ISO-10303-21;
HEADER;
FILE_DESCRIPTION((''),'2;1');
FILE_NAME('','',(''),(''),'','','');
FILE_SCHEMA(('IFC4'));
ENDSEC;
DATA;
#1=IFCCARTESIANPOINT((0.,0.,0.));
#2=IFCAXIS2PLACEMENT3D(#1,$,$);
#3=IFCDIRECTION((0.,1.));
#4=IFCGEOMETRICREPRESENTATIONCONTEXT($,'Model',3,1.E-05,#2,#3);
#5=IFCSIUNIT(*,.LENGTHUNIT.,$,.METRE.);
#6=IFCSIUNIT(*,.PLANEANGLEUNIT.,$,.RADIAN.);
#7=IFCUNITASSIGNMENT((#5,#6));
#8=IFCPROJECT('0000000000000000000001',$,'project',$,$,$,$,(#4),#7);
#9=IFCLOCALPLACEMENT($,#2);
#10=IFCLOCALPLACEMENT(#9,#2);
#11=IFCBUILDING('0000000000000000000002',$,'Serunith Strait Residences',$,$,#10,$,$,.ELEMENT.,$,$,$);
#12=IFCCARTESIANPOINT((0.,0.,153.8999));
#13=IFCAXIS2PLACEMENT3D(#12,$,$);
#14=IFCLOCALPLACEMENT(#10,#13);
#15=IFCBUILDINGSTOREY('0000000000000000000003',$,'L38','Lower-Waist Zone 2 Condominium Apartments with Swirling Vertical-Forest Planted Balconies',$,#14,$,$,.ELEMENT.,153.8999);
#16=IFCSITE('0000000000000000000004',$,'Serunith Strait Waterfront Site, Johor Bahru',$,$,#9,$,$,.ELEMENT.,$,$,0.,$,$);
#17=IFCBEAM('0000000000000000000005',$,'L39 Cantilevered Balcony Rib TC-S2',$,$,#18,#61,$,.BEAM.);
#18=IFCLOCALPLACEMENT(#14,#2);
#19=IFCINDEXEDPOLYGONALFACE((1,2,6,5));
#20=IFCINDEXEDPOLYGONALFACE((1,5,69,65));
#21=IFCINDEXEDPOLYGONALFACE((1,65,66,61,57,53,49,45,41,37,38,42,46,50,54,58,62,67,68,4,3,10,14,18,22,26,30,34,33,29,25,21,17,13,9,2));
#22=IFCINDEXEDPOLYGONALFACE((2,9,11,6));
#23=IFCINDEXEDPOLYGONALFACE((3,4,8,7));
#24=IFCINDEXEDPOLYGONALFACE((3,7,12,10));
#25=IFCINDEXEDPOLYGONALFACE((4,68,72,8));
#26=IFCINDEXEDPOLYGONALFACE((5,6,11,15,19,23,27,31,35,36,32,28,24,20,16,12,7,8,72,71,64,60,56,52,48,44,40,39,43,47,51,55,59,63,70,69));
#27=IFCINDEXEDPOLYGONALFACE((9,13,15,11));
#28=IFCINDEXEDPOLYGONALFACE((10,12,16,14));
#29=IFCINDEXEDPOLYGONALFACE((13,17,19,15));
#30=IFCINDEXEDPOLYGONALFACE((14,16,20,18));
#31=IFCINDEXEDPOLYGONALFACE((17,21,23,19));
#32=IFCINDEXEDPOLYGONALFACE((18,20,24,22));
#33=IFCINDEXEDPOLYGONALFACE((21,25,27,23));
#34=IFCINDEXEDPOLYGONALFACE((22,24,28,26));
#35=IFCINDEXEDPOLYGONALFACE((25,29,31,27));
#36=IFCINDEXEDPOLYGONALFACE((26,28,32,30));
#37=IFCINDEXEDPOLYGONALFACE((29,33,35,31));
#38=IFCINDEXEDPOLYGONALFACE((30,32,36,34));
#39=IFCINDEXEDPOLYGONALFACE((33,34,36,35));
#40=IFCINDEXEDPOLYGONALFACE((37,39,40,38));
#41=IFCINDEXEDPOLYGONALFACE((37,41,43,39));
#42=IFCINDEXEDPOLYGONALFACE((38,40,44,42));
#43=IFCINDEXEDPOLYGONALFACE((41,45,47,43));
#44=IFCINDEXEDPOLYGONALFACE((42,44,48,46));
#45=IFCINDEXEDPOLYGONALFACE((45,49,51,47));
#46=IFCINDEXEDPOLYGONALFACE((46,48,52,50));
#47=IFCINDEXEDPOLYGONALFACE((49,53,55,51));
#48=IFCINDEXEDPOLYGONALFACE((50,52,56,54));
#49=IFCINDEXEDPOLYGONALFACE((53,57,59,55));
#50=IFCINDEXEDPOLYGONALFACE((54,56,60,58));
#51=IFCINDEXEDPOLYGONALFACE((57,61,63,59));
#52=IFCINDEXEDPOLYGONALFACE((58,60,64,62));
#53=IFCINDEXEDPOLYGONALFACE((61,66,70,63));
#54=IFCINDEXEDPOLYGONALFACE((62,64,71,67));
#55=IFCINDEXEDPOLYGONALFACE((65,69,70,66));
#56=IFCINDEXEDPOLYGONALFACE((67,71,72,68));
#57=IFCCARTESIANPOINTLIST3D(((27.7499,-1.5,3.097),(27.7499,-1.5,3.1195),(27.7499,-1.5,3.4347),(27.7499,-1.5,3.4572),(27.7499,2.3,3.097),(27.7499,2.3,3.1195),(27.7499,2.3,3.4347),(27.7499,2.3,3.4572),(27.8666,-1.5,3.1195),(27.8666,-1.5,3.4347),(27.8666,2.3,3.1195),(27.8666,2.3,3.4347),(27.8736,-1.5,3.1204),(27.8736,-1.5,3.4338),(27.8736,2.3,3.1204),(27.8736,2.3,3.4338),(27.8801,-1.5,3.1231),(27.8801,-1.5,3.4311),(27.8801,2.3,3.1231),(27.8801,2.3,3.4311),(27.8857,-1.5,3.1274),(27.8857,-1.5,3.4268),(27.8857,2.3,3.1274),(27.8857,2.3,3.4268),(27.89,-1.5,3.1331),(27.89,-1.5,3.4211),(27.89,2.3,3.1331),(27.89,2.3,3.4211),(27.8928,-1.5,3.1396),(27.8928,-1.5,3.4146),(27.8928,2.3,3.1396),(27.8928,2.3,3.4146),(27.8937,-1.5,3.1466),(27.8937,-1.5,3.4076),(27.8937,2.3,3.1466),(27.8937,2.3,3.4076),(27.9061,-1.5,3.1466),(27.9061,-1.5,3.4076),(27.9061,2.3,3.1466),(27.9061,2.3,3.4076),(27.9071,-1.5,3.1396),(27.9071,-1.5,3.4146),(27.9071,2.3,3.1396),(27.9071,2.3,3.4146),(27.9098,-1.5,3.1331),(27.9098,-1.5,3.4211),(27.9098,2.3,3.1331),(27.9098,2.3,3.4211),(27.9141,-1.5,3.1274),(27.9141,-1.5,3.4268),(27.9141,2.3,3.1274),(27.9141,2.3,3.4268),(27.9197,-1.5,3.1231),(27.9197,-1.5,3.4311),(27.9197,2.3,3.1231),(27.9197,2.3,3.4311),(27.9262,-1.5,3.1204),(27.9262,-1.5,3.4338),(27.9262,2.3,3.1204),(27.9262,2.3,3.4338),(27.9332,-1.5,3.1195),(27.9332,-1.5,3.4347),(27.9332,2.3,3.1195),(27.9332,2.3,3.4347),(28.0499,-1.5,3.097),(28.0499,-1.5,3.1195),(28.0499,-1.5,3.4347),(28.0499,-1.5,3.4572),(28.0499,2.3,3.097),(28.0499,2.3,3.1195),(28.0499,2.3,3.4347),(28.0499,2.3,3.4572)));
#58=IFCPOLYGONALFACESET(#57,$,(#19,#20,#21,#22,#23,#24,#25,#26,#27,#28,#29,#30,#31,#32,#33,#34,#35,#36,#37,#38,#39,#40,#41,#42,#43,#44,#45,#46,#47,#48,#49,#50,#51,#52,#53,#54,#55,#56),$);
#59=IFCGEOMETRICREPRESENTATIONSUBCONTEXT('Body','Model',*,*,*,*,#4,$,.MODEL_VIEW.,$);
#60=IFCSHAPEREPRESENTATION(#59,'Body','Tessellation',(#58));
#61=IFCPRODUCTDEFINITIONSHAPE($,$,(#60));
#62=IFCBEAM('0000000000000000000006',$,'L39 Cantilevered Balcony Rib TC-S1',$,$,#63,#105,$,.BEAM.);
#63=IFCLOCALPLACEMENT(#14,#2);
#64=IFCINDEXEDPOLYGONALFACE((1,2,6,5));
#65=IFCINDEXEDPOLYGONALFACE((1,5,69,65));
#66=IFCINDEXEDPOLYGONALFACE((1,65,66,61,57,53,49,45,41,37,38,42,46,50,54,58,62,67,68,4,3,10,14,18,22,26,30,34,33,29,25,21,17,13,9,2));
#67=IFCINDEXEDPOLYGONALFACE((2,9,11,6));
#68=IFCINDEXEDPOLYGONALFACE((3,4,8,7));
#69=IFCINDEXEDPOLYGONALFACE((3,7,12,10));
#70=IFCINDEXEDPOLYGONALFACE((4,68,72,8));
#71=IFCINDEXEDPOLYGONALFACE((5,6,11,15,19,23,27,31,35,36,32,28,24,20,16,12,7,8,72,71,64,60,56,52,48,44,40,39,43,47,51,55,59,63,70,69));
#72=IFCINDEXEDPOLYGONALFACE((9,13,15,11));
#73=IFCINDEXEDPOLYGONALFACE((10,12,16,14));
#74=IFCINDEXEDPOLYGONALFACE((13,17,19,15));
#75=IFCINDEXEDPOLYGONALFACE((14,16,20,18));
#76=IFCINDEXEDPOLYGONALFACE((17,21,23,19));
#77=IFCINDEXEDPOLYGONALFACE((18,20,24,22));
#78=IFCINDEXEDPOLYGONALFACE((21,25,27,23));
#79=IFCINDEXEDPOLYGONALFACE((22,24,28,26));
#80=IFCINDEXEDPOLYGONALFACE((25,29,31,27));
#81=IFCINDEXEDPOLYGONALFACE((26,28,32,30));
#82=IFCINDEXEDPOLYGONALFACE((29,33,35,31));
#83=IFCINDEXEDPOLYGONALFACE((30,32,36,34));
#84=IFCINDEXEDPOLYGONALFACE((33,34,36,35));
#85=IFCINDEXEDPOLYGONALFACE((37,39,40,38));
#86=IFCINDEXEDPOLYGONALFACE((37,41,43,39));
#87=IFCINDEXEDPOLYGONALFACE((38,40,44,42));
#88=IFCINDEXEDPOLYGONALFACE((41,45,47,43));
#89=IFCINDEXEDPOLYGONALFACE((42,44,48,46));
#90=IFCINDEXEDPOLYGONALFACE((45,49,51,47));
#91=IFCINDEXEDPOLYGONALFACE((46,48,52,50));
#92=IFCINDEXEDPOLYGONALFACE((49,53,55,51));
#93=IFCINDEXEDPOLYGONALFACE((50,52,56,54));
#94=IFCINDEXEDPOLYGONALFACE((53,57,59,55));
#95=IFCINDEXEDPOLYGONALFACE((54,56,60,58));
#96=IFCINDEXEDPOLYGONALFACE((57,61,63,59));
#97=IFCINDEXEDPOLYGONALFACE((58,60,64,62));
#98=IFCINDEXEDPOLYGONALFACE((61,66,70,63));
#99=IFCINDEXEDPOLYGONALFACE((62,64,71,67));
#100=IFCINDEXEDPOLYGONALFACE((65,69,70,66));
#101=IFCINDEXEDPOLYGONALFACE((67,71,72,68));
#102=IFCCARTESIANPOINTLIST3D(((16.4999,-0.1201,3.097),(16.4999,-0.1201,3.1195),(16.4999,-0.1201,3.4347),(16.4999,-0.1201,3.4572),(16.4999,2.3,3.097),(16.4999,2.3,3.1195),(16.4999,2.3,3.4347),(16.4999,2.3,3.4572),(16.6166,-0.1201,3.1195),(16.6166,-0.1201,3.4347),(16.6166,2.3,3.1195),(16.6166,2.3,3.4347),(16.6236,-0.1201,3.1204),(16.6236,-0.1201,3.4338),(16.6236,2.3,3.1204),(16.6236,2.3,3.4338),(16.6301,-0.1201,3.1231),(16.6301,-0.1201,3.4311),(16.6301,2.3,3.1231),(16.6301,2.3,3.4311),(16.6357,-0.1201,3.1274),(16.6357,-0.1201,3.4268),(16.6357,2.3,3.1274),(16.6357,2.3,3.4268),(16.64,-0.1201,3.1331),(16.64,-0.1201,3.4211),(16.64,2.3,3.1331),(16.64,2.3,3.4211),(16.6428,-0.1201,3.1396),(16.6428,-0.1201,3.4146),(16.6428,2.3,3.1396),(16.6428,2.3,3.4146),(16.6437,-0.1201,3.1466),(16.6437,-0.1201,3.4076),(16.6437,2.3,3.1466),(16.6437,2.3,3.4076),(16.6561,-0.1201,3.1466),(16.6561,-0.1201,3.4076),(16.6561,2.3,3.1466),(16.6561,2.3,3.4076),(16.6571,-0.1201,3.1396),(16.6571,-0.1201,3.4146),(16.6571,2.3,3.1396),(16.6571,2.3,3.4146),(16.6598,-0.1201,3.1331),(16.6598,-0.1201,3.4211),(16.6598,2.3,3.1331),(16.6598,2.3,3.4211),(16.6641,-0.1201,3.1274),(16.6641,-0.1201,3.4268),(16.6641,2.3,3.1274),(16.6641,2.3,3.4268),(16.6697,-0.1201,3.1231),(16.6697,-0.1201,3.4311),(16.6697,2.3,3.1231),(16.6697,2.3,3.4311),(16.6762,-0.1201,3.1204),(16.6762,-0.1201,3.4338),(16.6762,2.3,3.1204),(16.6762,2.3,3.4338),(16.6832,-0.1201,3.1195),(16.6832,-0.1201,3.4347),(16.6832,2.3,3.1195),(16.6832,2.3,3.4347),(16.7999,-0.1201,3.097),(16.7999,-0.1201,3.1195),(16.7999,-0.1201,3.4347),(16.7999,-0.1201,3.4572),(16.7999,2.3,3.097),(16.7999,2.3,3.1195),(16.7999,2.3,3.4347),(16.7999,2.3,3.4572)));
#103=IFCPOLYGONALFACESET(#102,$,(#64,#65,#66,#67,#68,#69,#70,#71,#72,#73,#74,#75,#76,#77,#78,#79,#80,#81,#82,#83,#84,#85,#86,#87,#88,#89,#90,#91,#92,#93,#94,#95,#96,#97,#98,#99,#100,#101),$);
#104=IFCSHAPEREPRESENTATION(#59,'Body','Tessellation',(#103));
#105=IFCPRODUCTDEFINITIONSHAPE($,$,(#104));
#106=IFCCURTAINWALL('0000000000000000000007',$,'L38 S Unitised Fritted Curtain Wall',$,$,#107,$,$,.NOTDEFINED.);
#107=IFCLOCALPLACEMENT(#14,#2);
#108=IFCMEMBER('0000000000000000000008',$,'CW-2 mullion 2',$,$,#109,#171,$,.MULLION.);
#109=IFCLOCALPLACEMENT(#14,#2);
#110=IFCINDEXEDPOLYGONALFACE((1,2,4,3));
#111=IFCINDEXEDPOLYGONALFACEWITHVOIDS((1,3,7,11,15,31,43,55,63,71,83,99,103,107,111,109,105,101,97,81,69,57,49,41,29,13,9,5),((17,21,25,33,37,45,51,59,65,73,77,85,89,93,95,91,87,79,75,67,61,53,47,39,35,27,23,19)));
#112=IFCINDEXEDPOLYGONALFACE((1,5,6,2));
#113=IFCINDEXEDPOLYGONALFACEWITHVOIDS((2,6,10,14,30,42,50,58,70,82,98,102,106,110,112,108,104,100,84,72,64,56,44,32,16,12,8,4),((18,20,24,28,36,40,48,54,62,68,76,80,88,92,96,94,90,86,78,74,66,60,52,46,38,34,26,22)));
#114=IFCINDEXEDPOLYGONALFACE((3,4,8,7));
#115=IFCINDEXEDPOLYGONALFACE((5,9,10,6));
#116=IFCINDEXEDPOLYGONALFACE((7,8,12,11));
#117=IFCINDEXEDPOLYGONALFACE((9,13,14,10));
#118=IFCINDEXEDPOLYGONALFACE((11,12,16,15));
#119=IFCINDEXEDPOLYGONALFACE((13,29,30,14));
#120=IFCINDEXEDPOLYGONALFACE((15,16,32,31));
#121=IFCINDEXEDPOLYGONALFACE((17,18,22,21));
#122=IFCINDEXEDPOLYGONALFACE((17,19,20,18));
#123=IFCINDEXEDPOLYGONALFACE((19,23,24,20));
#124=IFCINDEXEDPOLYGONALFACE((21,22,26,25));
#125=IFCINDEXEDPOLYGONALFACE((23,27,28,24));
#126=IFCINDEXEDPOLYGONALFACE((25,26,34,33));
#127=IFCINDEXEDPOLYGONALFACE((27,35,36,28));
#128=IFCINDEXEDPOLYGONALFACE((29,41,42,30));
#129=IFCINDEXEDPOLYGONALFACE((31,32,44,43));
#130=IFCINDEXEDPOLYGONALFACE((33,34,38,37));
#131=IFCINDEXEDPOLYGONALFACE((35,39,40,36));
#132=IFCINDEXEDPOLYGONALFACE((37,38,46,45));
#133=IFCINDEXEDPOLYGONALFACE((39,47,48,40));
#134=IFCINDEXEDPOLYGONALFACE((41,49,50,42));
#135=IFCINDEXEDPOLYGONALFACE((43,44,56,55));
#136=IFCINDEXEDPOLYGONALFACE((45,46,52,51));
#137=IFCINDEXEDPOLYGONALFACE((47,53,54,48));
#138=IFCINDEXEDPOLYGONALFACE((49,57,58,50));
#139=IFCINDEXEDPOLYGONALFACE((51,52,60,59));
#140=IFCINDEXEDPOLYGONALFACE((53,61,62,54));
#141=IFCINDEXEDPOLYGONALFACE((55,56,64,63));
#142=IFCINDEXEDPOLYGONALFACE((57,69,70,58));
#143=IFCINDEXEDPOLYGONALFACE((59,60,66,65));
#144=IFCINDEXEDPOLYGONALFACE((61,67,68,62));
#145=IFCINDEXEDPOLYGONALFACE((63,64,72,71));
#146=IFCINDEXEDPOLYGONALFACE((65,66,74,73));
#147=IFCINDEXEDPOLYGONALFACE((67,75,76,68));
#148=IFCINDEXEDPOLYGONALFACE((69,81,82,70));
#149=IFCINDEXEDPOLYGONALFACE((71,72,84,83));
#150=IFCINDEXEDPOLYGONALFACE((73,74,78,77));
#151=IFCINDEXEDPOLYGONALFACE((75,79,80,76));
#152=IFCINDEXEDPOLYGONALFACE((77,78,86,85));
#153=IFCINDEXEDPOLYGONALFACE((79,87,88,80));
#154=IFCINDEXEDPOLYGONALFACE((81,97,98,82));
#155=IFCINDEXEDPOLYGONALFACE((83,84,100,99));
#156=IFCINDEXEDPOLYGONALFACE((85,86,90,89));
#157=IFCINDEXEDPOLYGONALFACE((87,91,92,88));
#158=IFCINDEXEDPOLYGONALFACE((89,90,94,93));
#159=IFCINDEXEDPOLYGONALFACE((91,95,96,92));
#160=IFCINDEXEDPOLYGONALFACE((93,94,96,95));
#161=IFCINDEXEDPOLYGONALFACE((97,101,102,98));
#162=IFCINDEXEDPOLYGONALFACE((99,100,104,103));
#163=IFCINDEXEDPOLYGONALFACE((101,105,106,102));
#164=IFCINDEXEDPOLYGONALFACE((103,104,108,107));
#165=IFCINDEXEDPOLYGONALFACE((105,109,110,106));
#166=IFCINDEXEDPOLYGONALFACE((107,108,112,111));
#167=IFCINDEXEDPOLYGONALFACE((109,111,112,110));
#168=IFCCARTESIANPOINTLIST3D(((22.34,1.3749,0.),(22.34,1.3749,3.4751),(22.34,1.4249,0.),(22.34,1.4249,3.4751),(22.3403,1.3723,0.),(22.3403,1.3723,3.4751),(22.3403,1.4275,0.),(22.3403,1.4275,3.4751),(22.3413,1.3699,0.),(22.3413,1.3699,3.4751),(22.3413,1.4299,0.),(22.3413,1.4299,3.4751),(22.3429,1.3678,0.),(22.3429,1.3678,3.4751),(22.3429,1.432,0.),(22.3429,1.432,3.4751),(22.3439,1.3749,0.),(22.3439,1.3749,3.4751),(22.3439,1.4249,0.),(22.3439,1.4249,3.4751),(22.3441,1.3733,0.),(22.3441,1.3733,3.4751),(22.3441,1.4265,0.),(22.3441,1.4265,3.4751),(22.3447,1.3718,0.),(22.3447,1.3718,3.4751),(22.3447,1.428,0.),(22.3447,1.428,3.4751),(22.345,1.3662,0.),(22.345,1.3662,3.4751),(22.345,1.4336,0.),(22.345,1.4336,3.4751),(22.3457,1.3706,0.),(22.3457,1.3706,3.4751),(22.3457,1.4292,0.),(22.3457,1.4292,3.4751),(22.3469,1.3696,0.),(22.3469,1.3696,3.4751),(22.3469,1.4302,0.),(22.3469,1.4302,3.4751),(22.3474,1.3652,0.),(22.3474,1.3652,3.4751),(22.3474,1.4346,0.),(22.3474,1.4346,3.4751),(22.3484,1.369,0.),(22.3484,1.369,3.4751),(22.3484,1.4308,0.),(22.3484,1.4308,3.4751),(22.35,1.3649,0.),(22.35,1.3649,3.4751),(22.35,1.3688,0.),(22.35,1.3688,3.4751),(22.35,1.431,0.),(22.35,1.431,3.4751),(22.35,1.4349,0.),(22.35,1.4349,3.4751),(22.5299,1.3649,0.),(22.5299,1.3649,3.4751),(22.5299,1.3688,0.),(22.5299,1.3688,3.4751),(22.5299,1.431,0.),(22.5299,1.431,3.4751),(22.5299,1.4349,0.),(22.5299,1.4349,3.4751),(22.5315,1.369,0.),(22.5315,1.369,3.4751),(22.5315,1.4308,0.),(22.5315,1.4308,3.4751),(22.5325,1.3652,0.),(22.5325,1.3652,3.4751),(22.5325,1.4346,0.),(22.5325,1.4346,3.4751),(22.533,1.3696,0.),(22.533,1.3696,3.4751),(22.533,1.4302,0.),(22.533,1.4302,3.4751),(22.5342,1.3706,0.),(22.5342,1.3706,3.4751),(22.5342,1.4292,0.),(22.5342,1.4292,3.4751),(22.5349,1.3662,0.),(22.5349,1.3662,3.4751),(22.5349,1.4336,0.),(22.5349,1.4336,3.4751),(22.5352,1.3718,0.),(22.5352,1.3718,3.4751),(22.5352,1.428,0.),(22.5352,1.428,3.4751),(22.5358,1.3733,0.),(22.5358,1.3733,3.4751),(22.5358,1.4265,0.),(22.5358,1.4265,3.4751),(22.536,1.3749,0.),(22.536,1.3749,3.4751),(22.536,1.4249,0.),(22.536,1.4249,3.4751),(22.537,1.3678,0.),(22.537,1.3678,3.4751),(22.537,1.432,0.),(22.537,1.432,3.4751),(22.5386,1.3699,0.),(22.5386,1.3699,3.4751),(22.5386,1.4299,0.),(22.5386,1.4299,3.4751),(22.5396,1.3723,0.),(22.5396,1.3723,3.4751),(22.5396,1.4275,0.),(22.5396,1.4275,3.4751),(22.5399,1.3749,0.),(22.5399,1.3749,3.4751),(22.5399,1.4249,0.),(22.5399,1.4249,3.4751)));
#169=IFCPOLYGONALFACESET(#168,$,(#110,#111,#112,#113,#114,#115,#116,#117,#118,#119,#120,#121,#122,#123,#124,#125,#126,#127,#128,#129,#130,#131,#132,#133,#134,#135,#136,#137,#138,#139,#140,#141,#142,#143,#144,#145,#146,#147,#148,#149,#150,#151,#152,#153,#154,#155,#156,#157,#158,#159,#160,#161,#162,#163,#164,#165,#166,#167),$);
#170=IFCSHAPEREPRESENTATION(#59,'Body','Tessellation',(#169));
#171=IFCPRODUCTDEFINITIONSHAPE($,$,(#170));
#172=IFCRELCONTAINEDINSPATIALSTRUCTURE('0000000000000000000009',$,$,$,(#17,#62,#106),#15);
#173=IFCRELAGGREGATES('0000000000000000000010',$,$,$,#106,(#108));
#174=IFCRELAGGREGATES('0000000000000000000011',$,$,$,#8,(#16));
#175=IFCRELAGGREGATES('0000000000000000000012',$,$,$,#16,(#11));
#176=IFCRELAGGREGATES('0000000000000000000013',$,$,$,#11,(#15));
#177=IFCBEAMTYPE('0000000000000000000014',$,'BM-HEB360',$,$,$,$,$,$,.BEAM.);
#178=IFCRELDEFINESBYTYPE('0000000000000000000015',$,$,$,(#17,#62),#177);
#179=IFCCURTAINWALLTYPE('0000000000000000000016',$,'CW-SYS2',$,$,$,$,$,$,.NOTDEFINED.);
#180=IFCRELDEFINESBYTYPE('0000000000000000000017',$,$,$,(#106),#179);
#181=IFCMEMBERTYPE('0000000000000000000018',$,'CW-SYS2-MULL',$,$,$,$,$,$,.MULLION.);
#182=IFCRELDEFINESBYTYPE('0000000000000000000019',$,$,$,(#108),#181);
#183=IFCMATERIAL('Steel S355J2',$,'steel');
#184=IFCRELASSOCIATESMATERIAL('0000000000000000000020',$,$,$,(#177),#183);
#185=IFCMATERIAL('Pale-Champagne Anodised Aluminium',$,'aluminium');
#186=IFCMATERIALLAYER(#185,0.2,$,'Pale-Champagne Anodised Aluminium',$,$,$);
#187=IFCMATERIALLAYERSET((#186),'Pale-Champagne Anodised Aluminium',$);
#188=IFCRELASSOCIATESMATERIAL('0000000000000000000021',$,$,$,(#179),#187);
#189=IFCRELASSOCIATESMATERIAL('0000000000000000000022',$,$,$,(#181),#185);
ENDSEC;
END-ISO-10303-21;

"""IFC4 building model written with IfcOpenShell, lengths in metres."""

from ifc_helpers import new_model, si_unit, direction, frame, origin, origin_2d, place, context, subcontext, project, spatial, hollow_rectangle, i_section, extrude, source, transform, mapped, material, layer, layer_set, material_profile, profile_set, type_object, element, aggregate, save


model = new_model("IFC4")

# Units and contexts
model_context = context("Model", 3, precision=1e-05, world=origin(), true_north=direction((0.0, 1.0)))
body_context = subcontext(model_context, "Body", "Model", "MODEL_VIEW")
ifc_project = project(units=[si_unit("LENGTHUNIT", "METRE"), si_unit("PLANEANGLEUNIT", "RADIAN")], contexts=[model_context])

# Site, building, storey
site_placement = place(None, origin())
site = spatial("IfcSite", under=ifc_project, at=site_placement, Name="Serunith Strait Waterfront Site, Johor Bahru", CompositionType="ELEMENT", RefElevation=0.0)
building_placement = place(site_placement, origin())
building = spatial("IfcBuilding", under=site, at=building_placement, Name="Serunith Strait Residences", CompositionType="ELEMENT")
storey_placement = place(building_placement, frame((0.0, 0.0, 153.8999)))
storey = spatial("IfcBuildingStorey", under=building, at=storey_placement, Name="L38", Description="Lower-Waist Zone 2 Condominium Apartments with Swirling Vertical-Forest Planted Balconies", CompositionType="ELEMENT", Elevation=153.8999)

# Beams
ifc_material_1 = material(Name="Steel S355J2", Category="steel")
ifc_material_profile_1 = material_profile(ifc_material_1, i_section(OverallWidth=0.3, OverallDepth=0.3601, WebThickness=0.0125, FlangeThickness=0.0225, FilletRadius=0.0271, at=origin_2d()), Name="HEB 360")
ifc_profile_set_1 = profile_set([ifc_material_profile_1], Name="Steel S355J2")
beam_type_1 = type_object("IfcBeamType", Name="BM-HEB360", PredefinedType="BEAM", material=ifc_profile_set_1)
shared_shape_1 = source(origin(), body_context, "Body", "SweptSolid", [
    extrude(i_section(OverallWidth=0.3, OverallDepth=0.3601, WebThickness=0.0125, FlangeThickness=0.0225, FilletRadius=0.0271, at=origin_2d()), origin(), (0.0, 0.0, 1.0), 3.8),
])
beam_1_placement = place(storey_placement, frame((27.8999, 2.3, 3.2771), z_axis=(0.0, -1.0, 0.0), x_axis=(1.0, 0.0, 0.0)))
element("IfcBeam", 1, at=beam_1_placement, inside=storey, type_object=beam_type_1, Name="L39 Cantilevered Balcony Rib TC-S2", PredefinedType="BEAM", context=body_context, shape_type="MappedRepresentation", body=[
    mapped(shared_shape_1, transform((0.0, 0.0, 0.0), scale=1.0)),
])
shared_shape_2 = source(origin(), body_context, "Body", "SweptSolid", [
    extrude(i_section(OverallWidth=0.3, OverallDepth=0.3601, WebThickness=0.0125, FlangeThickness=0.0225, FilletRadius=0.0271, at=origin_2d()), origin(), (0.0, 0.0, 1.0), 2.4202),
])
beam_2_placement = place(storey_placement, frame((16.6499, 2.3, 3.2771), z_axis=(0.0, -1.0, 0.0), x_axis=(1.0, 0.0, 0.0)))
element("IfcBeam", 2, at=beam_2_placement, inside=storey, type_object=beam_type_1, Name="L39 Cantilevered Balcony Rib TC-S1", PredefinedType="BEAM", context=body_context, shape_type="MappedRepresentation", body=[
    mapped(shared_shape_2, transform((0.0, 0.0, 0.0), scale=1.0)),
])

# Curtain wall, member
ifc_material_2 = material(Name="Pale-Champagne Anodised Aluminium", Category="aluminium")
ifc_layer_1 = layer(ifc_material_2, 0.2, Name="Pale-Champagne Anodised Aluminium")
ifc_layer_set_1 = layer_set([ifc_layer_1], Name="Pale-Champagne Anodised Aluminium")
curtain_wall_type = type_object("IfcCurtainWallType", Name="CW-SYS2", PredefinedType="NOTDEFINED", material=ifc_layer_set_1)
curtain_wall_placement = place(storey_placement, origin())
curtain_wall = element("IfcCurtainWall", 3, at=curtain_wall_placement, inside=storey, type_object=curtain_wall_type, Name="L38 S Unitised Fritted Curtain Wall", PredefinedType="NOTDEFINED")
ifc_material_profile_2 = material_profile(ifc_material_2, hollow_rectangle(XDim=0.0701, YDim=0.2, WallThickness=0.0039, InnerFilletRadius=0.0061, OuterFilletRadius=0.01, at=origin_2d()), Name="ALU 200x70x4")
ifc_profile_set_2 = profile_set([ifc_material_profile_2], Name="Pale-Champagne Anodised Aluminium")
member_type_1 = type_object("IfcMemberType", Name="CW-SYS2-MULL", PredefinedType="MULLION", material=ifc_profile_set_2)
shared_shape_3 = source(origin(), body_context, "Body", "SweptSolid", [
    extrude(hollow_rectangle(XDim=0.0701, YDim=0.2, WallThickness=0.0039, InnerFilletRadius=0.0061, OuterFilletRadius=0.01, at=origin_2d()), origin(), (0.0, 0.0, 1.0), 3.4751),
])
member_1_placement = place(storey_placement, frame((22.4399, 1.3999, 0.0), z_axis=(0.0, 0.0, 1.0), x_axis=(0.0, 1.0, 0.0)))
member_1 = element("IfcMember", 4, at=member_1_placement, type_object=member_type_1, Name="CW-2 mullion 2", PredefinedType="MULLION", context=body_context, shape_type="MappedRepresentation", body=[
    mapped(shared_shape_3, transform((0.0, 0.0, 0.0), scale=1.0)),
])
aggregate(curtain_wall, [member_1])

save(model, "model.ifc")
